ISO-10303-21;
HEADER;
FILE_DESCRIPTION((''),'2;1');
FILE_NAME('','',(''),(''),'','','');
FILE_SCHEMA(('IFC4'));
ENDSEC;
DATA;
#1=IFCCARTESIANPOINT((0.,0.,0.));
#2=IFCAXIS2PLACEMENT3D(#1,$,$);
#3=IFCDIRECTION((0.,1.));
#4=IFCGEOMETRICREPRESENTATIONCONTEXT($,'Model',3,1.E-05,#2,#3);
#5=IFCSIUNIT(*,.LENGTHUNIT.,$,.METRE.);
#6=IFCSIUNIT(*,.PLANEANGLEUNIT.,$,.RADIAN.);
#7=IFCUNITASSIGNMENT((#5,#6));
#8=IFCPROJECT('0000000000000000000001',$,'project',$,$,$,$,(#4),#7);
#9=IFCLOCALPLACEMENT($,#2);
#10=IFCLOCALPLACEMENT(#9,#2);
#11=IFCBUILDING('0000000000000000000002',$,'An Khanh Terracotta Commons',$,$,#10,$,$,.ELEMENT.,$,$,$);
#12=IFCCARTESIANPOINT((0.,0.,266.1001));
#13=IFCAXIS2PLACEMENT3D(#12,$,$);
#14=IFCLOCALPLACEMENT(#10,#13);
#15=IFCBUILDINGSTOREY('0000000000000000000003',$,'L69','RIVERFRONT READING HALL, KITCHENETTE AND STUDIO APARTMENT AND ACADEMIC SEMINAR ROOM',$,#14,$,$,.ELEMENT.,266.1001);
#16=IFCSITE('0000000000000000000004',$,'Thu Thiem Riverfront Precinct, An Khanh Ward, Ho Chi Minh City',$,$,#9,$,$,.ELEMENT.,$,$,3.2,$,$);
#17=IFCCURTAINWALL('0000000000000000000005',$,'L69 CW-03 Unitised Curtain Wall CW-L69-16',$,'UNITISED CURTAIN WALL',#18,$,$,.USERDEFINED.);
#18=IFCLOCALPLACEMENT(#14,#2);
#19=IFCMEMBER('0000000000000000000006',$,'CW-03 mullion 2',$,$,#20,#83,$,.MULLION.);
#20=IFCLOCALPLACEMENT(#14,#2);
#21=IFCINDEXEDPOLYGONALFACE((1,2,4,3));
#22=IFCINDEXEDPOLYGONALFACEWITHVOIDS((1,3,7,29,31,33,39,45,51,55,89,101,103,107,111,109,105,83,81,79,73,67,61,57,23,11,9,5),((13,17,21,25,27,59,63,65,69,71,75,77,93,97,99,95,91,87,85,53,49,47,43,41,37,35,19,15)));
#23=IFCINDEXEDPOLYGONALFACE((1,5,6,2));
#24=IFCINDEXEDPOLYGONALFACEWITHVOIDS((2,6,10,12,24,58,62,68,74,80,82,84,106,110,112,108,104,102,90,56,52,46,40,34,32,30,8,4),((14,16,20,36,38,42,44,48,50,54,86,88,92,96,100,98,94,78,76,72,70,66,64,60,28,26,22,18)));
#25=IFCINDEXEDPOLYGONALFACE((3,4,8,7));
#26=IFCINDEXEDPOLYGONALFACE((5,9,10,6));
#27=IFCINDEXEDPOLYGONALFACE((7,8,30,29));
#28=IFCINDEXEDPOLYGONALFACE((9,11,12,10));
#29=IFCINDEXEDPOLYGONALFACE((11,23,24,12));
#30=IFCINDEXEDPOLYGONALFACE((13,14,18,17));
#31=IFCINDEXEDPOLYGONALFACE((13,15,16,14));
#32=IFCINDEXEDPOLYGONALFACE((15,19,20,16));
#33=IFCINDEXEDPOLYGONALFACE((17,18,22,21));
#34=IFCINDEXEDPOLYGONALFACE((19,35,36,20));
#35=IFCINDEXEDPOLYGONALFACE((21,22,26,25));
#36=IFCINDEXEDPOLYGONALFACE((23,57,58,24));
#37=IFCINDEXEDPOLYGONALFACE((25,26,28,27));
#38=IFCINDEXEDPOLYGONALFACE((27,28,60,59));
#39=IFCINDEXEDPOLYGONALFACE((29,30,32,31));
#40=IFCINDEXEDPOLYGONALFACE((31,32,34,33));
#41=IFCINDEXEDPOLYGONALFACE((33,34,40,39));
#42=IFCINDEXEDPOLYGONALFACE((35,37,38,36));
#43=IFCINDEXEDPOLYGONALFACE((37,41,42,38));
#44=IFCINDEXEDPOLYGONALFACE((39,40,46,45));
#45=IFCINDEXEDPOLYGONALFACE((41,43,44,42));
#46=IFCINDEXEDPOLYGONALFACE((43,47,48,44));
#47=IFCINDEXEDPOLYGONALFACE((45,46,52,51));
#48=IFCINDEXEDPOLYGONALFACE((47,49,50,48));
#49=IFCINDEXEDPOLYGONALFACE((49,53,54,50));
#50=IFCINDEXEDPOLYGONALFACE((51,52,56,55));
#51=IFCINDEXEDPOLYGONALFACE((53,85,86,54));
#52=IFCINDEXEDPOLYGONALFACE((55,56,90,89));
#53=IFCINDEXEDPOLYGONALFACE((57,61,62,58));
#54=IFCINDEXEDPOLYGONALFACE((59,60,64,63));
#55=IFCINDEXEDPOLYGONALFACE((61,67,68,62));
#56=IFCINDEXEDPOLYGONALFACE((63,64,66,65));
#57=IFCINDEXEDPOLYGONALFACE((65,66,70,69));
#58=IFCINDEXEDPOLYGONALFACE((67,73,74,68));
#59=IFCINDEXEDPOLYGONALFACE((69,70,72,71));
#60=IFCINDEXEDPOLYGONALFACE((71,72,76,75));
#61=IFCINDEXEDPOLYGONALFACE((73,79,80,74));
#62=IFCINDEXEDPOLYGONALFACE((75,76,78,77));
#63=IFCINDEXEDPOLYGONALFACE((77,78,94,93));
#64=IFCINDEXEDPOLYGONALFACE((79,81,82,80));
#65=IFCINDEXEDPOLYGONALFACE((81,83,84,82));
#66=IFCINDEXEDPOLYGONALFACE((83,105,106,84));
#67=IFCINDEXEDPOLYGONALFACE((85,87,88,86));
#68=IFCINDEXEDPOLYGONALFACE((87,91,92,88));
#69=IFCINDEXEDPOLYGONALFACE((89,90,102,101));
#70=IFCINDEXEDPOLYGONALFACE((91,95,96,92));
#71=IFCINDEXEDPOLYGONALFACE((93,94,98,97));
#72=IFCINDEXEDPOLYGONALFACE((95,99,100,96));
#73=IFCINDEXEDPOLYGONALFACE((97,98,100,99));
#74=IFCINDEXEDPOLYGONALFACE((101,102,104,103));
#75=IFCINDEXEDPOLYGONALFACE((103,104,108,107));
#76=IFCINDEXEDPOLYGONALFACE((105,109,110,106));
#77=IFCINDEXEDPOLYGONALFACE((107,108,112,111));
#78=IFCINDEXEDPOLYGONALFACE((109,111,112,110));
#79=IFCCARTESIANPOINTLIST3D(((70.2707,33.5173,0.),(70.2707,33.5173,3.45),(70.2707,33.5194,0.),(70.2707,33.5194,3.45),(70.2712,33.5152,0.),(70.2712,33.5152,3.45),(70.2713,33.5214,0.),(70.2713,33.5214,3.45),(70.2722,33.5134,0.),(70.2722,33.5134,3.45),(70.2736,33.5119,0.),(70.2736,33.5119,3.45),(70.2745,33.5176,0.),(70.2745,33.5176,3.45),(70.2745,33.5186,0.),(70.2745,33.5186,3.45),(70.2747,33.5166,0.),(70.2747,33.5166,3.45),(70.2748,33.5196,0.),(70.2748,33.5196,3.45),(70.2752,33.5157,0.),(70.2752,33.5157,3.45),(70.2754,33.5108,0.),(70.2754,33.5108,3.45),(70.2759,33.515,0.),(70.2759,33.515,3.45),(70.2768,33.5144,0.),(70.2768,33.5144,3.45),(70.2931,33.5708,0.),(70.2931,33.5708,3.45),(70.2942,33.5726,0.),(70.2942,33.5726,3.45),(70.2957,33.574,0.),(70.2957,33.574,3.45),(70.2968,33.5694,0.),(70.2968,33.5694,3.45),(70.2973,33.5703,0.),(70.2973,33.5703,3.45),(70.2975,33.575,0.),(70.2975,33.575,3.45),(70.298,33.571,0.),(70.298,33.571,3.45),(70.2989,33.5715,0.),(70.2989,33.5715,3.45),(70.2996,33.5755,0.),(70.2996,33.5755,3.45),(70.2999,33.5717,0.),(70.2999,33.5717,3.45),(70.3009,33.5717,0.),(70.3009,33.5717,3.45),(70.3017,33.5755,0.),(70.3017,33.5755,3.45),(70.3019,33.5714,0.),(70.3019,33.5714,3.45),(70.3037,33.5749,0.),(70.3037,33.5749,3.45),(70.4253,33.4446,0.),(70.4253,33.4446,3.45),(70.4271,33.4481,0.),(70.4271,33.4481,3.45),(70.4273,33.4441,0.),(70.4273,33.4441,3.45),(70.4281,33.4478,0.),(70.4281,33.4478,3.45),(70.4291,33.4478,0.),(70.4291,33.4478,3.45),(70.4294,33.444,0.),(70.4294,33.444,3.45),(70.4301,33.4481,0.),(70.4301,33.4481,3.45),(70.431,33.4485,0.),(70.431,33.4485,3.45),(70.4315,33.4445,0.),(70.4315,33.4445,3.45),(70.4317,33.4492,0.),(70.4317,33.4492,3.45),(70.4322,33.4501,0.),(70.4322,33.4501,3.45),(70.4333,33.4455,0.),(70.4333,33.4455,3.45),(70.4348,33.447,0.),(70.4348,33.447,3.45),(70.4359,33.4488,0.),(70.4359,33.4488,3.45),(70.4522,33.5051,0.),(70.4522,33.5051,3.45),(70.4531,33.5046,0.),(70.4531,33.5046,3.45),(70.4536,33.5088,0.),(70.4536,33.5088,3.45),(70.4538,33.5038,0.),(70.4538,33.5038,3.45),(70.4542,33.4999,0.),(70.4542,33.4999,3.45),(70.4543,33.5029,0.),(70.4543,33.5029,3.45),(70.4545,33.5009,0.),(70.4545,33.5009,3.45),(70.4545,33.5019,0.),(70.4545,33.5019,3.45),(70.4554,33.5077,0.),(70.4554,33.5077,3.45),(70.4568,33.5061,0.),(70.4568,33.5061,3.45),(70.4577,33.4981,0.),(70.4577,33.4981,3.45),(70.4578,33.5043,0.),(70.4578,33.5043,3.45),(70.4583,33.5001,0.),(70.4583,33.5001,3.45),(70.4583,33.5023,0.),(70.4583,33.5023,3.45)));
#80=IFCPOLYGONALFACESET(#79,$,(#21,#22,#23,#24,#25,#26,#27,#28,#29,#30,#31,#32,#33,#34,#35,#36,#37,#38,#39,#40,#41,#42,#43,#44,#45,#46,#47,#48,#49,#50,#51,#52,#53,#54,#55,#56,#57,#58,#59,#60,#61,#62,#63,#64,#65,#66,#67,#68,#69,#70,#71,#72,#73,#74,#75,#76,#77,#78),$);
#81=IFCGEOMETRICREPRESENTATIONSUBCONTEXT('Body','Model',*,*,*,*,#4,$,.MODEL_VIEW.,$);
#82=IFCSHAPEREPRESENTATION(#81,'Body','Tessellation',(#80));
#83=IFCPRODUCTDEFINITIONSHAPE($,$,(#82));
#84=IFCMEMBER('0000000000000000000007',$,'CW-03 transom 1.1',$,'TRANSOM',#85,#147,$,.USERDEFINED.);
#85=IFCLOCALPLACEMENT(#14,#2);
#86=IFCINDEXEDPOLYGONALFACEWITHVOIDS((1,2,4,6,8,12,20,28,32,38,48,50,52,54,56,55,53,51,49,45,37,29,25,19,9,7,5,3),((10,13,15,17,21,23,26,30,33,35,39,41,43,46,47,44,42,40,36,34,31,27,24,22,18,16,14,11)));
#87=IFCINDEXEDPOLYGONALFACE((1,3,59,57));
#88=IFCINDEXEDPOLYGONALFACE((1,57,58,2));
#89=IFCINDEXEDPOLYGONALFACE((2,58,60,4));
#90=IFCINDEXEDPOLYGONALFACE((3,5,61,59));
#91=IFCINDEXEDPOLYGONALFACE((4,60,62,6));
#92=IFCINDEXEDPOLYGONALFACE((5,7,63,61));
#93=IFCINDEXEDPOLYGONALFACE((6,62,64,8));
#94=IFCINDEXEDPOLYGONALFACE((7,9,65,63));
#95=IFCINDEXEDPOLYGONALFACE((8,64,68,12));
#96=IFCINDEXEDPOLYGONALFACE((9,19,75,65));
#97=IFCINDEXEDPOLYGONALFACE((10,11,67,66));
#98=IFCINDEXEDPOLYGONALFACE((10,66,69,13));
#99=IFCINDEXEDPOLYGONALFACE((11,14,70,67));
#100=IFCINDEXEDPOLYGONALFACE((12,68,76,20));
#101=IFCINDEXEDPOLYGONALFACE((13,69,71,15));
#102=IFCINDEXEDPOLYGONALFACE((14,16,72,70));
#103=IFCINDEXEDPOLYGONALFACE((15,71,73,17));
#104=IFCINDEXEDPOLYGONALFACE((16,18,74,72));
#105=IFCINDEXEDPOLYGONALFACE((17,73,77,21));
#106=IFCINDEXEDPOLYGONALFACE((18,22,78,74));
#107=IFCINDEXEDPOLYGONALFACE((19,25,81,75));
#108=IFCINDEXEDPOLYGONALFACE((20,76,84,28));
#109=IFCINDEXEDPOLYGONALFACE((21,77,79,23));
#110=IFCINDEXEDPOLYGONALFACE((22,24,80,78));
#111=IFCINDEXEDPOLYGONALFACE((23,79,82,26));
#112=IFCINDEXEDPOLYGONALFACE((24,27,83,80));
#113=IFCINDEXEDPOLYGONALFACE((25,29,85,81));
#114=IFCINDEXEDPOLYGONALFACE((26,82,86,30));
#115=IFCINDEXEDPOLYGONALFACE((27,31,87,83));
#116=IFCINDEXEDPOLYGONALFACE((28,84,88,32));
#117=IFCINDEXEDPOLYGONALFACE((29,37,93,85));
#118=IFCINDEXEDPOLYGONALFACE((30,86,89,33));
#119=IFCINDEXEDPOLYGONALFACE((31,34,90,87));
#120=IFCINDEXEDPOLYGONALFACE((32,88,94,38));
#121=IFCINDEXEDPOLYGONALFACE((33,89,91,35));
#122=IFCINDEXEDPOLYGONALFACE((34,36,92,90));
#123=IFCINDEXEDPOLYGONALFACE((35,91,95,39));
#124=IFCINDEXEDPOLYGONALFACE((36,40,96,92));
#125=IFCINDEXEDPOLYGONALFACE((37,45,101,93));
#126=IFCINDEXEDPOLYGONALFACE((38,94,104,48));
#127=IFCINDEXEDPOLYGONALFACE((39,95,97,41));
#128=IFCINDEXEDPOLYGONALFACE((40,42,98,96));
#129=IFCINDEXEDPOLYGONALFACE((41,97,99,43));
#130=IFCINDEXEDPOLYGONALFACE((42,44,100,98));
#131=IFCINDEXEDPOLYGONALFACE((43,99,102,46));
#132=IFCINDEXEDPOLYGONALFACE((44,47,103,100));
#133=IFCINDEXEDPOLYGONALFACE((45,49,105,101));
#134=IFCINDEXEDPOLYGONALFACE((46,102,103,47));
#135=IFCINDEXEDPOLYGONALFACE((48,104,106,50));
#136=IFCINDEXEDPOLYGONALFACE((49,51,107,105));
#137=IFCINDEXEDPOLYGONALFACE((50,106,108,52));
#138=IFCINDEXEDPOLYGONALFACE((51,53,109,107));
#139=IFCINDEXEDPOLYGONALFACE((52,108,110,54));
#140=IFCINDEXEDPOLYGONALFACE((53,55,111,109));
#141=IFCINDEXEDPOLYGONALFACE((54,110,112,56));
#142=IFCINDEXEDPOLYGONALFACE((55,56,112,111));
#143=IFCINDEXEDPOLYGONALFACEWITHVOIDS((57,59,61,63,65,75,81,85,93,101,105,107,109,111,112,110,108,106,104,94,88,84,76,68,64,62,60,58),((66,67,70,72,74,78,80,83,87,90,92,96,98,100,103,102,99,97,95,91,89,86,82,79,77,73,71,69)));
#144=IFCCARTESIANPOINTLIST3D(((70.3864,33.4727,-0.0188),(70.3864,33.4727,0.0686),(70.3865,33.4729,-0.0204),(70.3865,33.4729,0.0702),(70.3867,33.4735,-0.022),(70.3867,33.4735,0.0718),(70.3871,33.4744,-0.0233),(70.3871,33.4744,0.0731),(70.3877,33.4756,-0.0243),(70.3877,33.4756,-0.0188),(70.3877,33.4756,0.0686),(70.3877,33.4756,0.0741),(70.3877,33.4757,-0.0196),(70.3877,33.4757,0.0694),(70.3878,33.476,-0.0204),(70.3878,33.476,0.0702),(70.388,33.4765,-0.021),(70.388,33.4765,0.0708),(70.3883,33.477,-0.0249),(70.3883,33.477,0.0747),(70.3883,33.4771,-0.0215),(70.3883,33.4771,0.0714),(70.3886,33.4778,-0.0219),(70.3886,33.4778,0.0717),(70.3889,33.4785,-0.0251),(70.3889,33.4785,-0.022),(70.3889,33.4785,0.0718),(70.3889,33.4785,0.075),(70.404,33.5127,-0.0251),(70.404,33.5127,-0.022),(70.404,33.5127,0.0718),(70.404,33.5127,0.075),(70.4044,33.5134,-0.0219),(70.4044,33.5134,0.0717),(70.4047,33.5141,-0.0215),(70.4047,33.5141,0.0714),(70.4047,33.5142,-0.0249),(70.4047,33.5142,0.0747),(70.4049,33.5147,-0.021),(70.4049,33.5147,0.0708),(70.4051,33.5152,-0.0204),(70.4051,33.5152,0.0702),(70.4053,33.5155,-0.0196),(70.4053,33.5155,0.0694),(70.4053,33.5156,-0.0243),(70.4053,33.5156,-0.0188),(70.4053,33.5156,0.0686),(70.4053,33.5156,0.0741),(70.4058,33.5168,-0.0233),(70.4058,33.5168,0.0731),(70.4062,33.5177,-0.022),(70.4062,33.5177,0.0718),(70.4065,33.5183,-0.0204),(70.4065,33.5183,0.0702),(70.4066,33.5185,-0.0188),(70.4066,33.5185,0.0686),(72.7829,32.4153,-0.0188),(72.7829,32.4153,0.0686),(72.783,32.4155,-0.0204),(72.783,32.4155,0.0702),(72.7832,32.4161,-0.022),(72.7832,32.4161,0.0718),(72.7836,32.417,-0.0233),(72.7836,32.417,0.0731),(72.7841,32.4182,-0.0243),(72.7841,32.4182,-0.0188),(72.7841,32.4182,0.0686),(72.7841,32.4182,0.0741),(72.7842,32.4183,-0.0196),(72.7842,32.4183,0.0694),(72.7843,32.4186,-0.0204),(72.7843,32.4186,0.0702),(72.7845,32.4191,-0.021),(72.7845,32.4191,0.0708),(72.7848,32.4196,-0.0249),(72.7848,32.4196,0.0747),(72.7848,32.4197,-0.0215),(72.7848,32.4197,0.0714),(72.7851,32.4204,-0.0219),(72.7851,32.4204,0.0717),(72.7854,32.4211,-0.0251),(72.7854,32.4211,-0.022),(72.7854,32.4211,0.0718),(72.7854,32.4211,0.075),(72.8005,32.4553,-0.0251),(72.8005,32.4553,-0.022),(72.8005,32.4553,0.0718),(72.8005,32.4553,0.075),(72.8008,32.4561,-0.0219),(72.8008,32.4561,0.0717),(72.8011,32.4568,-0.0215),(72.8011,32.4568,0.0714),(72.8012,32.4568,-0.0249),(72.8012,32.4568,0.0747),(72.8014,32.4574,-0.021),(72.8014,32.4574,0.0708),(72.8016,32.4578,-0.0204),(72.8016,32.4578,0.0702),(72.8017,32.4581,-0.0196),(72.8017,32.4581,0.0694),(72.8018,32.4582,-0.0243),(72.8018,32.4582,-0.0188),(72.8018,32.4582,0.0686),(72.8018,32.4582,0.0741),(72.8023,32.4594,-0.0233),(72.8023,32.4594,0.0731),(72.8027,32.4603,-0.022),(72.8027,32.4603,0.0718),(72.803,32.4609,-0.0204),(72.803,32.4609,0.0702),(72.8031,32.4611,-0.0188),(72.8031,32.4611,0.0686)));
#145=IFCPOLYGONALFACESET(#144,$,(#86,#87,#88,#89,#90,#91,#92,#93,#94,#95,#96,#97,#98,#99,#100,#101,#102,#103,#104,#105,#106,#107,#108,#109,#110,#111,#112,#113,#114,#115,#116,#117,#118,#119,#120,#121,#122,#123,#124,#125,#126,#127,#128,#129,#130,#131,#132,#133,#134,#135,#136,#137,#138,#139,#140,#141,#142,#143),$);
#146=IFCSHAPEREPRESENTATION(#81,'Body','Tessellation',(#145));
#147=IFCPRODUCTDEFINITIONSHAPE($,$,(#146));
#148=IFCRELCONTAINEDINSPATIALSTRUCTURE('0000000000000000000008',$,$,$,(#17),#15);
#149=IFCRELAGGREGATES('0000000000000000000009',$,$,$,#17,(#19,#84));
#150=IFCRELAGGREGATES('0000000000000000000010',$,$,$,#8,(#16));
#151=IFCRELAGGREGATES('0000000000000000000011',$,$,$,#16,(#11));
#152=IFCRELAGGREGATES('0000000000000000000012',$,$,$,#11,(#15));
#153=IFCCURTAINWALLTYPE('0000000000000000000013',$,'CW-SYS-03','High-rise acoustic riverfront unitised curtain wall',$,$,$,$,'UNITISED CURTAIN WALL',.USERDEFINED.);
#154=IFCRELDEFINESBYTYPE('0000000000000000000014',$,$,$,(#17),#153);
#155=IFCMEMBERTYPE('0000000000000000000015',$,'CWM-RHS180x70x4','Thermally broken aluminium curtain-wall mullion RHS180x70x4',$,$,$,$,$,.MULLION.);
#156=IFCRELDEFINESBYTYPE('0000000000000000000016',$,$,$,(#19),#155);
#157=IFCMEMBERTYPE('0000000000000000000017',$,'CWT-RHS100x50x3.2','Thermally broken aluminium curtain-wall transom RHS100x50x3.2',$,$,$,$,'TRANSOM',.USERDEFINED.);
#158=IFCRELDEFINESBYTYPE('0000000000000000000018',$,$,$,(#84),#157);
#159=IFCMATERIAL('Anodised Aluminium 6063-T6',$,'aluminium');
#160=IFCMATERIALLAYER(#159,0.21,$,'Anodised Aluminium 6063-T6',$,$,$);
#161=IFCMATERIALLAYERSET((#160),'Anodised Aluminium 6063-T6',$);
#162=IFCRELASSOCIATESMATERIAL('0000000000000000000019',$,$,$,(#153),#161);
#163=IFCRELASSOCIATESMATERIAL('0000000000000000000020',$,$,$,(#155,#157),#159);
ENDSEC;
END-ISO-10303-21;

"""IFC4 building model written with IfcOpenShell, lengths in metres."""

from ifc_helpers import new_model, si_unit, direction, frame, origin, origin_2d, place, context, subcontext, project, spatial, hollow_rectangle, extrude, material, layer, layer_set, material_profile, profile_set, type_object, element, aggregate, save


model = new_model("IFC4")

# Units and contexts
model_context = context("Model", 3, precision=1e-05, world=origin(), true_north=direction((0.0, 1.0)))
body_context = subcontext(model_context, "Body", "Model", "MODEL_VIEW")
ifc_project = project(units=[si_unit("LENGTHUNIT", "METRE"), si_unit("PLANEANGLEUNIT", "RADIAN")], contexts=[model_context])

# Site, building, storey
site_placement = place(None, origin())
site = spatial("IfcSite", under=ifc_project, at=site_placement, Name="Thu Thiem Riverfront Precinct, An Khanh Ward, Ho Chi Minh City", CompositionType="ELEMENT", RefElevation=3.2)
building_placement = place(site_placement, origin())
building = spatial("IfcBuilding", under=site, at=building_placement, Name="An Khanh Terracotta Commons", CompositionType="ELEMENT")
storey_placement = place(building_placement, frame((0.0, 0.0, 266.1001)))
storey = spatial("IfcBuildingStorey", under=building, at=storey_placement, Name="L69", Description="RIVERFRONT READING HALL, KITCHENETTE AND STUDIO APARTMENT AND ACADEMIC SEMINAR ROOM", CompositionType="ELEMENT", Elevation=266.1001)

# Shared definitions
ifc_material_1 = material(Name="Anodised Aluminium 6063-T6", Category="aluminium")

# Curtain wall, members
ifc_layer_1 = layer(ifc_material_1, 0.21, Name="Anodised Aluminium 6063-T6")
ifc_layer_set_1 = layer_set([ifc_layer_1], Name="Anodised Aluminium 6063-T6")
curtain_wall_type_1 = type_object("IfcCurtainWallType", Name="CW-SYS-03", Description="High-rise acoustic riverfront unitised curtain wall", ElementType="UNITISED CURTAIN WALL", PredefinedType="USERDEFINED", material=ifc_layer_set_1)
curtain_wall_1_placement = place(storey_placement, origin())
curtain_wall_1 = element("IfcCurtainWall", 1, at=curtain_wall_1_placement, inside=storey, type_object=curtain_wall_type_1, Name="L69 CW-03 Unitised Curtain Wall CW-L69-16", ObjectType="UNITISED CURTAIN WALL", PredefinedType="USERDEFINED")
ifc_material_profile_1 = material_profile(ifc_material_1, hollow_rectangle(XDim=0.0701, YDim=0.1799, WallThickness=0.0039, InnerFilletRadius=0.0039, OuterFilletRadius=0.0081, at=origin_2d()), Name="RHS180x70x4")
ifc_profile_set_1 = profile_set([ifc_material_profile_1], Name="Anodised Aluminium 6063-T6")
member_type_1 = type_object("IfcMemberType", Name="CWM-RHS180x70x4", Description="Thermally broken aluminium curtain-wall mullion RHS180x70x4", PredefinedType="MULLION", material=ifc_profile_set_1)
member_1_placement = place(storey_placement, frame((70.3645, 33.5098, 0.0), z_axis=(0.0, 0.0, 1.0), x_axis=(-0.403676, -0.914902, 0.0)))
member_1 = element("IfcMember", 2, at=member_1_placement, type_object=member_type_1, Name="CW-03 mullion 2", PredefinedType="MULLION", context=body_context, shape_type="SweptSolid", body=[
    extrude(hollow_rectangle(XDim=0.0701, YDim=0.1799, WallThickness=0.0039, InnerFilletRadius=0.0039, OuterFilletRadius=0.0081, at=origin_2d()), origin(), (0.0, 0.0, 1.0), 3.45),
])
ifc_material_profile_2 = material_profile(ifc_material_1, hollow_rectangle(XDim=0.05, YDim=0.1001, WallThickness=0.0032, InnerFilletRadius=0.0032, OuterFilletRadius=0.0063, at=origin_2d()), Name="RHS100x50x3.2")
ifc_profile_set_2 = profile_set([ifc_material_profile_2], Name="Anodised Aluminium 6063-T6")
member_type_2 = type_object("IfcMemberType", Name="CWT-RHS100x50x3.2", Description="Thermally broken aluminium curtain-wall transom RHS100x50x3.2", ElementType="TRANSOM", PredefinedType="USERDEFINED", material=ifc_profile_set_2)
member_2_placement = place(storey_placement, frame((72.793, 32.4382, 0.0249), z_axis=(-0.914904, 0.403672, 0.0), x_axis=(-0.403672, -0.914904, 0.0)))
member_2 = element("IfcMember", 3, at=member_2_placement, type_object=member_type_2, Name="CW-03 transom 1.1", ObjectType="TRANSOM", PredefinedType="USERDEFINED", context=body_context, shape_type="SweptSolid", body=[
    extrude(hollow_rectangle(XDim=0.05, YDim=0.1001, WallThickness=0.0032, InnerFilletRadius=0.0032, OuterFilletRadius=0.0063, at=origin_2d()), origin(), (0.0, 0.0, 1.0), 2.6194),
])

aggregate(curtain_wall_1, [member_1, member_2])

save(model, "model.ifc")
